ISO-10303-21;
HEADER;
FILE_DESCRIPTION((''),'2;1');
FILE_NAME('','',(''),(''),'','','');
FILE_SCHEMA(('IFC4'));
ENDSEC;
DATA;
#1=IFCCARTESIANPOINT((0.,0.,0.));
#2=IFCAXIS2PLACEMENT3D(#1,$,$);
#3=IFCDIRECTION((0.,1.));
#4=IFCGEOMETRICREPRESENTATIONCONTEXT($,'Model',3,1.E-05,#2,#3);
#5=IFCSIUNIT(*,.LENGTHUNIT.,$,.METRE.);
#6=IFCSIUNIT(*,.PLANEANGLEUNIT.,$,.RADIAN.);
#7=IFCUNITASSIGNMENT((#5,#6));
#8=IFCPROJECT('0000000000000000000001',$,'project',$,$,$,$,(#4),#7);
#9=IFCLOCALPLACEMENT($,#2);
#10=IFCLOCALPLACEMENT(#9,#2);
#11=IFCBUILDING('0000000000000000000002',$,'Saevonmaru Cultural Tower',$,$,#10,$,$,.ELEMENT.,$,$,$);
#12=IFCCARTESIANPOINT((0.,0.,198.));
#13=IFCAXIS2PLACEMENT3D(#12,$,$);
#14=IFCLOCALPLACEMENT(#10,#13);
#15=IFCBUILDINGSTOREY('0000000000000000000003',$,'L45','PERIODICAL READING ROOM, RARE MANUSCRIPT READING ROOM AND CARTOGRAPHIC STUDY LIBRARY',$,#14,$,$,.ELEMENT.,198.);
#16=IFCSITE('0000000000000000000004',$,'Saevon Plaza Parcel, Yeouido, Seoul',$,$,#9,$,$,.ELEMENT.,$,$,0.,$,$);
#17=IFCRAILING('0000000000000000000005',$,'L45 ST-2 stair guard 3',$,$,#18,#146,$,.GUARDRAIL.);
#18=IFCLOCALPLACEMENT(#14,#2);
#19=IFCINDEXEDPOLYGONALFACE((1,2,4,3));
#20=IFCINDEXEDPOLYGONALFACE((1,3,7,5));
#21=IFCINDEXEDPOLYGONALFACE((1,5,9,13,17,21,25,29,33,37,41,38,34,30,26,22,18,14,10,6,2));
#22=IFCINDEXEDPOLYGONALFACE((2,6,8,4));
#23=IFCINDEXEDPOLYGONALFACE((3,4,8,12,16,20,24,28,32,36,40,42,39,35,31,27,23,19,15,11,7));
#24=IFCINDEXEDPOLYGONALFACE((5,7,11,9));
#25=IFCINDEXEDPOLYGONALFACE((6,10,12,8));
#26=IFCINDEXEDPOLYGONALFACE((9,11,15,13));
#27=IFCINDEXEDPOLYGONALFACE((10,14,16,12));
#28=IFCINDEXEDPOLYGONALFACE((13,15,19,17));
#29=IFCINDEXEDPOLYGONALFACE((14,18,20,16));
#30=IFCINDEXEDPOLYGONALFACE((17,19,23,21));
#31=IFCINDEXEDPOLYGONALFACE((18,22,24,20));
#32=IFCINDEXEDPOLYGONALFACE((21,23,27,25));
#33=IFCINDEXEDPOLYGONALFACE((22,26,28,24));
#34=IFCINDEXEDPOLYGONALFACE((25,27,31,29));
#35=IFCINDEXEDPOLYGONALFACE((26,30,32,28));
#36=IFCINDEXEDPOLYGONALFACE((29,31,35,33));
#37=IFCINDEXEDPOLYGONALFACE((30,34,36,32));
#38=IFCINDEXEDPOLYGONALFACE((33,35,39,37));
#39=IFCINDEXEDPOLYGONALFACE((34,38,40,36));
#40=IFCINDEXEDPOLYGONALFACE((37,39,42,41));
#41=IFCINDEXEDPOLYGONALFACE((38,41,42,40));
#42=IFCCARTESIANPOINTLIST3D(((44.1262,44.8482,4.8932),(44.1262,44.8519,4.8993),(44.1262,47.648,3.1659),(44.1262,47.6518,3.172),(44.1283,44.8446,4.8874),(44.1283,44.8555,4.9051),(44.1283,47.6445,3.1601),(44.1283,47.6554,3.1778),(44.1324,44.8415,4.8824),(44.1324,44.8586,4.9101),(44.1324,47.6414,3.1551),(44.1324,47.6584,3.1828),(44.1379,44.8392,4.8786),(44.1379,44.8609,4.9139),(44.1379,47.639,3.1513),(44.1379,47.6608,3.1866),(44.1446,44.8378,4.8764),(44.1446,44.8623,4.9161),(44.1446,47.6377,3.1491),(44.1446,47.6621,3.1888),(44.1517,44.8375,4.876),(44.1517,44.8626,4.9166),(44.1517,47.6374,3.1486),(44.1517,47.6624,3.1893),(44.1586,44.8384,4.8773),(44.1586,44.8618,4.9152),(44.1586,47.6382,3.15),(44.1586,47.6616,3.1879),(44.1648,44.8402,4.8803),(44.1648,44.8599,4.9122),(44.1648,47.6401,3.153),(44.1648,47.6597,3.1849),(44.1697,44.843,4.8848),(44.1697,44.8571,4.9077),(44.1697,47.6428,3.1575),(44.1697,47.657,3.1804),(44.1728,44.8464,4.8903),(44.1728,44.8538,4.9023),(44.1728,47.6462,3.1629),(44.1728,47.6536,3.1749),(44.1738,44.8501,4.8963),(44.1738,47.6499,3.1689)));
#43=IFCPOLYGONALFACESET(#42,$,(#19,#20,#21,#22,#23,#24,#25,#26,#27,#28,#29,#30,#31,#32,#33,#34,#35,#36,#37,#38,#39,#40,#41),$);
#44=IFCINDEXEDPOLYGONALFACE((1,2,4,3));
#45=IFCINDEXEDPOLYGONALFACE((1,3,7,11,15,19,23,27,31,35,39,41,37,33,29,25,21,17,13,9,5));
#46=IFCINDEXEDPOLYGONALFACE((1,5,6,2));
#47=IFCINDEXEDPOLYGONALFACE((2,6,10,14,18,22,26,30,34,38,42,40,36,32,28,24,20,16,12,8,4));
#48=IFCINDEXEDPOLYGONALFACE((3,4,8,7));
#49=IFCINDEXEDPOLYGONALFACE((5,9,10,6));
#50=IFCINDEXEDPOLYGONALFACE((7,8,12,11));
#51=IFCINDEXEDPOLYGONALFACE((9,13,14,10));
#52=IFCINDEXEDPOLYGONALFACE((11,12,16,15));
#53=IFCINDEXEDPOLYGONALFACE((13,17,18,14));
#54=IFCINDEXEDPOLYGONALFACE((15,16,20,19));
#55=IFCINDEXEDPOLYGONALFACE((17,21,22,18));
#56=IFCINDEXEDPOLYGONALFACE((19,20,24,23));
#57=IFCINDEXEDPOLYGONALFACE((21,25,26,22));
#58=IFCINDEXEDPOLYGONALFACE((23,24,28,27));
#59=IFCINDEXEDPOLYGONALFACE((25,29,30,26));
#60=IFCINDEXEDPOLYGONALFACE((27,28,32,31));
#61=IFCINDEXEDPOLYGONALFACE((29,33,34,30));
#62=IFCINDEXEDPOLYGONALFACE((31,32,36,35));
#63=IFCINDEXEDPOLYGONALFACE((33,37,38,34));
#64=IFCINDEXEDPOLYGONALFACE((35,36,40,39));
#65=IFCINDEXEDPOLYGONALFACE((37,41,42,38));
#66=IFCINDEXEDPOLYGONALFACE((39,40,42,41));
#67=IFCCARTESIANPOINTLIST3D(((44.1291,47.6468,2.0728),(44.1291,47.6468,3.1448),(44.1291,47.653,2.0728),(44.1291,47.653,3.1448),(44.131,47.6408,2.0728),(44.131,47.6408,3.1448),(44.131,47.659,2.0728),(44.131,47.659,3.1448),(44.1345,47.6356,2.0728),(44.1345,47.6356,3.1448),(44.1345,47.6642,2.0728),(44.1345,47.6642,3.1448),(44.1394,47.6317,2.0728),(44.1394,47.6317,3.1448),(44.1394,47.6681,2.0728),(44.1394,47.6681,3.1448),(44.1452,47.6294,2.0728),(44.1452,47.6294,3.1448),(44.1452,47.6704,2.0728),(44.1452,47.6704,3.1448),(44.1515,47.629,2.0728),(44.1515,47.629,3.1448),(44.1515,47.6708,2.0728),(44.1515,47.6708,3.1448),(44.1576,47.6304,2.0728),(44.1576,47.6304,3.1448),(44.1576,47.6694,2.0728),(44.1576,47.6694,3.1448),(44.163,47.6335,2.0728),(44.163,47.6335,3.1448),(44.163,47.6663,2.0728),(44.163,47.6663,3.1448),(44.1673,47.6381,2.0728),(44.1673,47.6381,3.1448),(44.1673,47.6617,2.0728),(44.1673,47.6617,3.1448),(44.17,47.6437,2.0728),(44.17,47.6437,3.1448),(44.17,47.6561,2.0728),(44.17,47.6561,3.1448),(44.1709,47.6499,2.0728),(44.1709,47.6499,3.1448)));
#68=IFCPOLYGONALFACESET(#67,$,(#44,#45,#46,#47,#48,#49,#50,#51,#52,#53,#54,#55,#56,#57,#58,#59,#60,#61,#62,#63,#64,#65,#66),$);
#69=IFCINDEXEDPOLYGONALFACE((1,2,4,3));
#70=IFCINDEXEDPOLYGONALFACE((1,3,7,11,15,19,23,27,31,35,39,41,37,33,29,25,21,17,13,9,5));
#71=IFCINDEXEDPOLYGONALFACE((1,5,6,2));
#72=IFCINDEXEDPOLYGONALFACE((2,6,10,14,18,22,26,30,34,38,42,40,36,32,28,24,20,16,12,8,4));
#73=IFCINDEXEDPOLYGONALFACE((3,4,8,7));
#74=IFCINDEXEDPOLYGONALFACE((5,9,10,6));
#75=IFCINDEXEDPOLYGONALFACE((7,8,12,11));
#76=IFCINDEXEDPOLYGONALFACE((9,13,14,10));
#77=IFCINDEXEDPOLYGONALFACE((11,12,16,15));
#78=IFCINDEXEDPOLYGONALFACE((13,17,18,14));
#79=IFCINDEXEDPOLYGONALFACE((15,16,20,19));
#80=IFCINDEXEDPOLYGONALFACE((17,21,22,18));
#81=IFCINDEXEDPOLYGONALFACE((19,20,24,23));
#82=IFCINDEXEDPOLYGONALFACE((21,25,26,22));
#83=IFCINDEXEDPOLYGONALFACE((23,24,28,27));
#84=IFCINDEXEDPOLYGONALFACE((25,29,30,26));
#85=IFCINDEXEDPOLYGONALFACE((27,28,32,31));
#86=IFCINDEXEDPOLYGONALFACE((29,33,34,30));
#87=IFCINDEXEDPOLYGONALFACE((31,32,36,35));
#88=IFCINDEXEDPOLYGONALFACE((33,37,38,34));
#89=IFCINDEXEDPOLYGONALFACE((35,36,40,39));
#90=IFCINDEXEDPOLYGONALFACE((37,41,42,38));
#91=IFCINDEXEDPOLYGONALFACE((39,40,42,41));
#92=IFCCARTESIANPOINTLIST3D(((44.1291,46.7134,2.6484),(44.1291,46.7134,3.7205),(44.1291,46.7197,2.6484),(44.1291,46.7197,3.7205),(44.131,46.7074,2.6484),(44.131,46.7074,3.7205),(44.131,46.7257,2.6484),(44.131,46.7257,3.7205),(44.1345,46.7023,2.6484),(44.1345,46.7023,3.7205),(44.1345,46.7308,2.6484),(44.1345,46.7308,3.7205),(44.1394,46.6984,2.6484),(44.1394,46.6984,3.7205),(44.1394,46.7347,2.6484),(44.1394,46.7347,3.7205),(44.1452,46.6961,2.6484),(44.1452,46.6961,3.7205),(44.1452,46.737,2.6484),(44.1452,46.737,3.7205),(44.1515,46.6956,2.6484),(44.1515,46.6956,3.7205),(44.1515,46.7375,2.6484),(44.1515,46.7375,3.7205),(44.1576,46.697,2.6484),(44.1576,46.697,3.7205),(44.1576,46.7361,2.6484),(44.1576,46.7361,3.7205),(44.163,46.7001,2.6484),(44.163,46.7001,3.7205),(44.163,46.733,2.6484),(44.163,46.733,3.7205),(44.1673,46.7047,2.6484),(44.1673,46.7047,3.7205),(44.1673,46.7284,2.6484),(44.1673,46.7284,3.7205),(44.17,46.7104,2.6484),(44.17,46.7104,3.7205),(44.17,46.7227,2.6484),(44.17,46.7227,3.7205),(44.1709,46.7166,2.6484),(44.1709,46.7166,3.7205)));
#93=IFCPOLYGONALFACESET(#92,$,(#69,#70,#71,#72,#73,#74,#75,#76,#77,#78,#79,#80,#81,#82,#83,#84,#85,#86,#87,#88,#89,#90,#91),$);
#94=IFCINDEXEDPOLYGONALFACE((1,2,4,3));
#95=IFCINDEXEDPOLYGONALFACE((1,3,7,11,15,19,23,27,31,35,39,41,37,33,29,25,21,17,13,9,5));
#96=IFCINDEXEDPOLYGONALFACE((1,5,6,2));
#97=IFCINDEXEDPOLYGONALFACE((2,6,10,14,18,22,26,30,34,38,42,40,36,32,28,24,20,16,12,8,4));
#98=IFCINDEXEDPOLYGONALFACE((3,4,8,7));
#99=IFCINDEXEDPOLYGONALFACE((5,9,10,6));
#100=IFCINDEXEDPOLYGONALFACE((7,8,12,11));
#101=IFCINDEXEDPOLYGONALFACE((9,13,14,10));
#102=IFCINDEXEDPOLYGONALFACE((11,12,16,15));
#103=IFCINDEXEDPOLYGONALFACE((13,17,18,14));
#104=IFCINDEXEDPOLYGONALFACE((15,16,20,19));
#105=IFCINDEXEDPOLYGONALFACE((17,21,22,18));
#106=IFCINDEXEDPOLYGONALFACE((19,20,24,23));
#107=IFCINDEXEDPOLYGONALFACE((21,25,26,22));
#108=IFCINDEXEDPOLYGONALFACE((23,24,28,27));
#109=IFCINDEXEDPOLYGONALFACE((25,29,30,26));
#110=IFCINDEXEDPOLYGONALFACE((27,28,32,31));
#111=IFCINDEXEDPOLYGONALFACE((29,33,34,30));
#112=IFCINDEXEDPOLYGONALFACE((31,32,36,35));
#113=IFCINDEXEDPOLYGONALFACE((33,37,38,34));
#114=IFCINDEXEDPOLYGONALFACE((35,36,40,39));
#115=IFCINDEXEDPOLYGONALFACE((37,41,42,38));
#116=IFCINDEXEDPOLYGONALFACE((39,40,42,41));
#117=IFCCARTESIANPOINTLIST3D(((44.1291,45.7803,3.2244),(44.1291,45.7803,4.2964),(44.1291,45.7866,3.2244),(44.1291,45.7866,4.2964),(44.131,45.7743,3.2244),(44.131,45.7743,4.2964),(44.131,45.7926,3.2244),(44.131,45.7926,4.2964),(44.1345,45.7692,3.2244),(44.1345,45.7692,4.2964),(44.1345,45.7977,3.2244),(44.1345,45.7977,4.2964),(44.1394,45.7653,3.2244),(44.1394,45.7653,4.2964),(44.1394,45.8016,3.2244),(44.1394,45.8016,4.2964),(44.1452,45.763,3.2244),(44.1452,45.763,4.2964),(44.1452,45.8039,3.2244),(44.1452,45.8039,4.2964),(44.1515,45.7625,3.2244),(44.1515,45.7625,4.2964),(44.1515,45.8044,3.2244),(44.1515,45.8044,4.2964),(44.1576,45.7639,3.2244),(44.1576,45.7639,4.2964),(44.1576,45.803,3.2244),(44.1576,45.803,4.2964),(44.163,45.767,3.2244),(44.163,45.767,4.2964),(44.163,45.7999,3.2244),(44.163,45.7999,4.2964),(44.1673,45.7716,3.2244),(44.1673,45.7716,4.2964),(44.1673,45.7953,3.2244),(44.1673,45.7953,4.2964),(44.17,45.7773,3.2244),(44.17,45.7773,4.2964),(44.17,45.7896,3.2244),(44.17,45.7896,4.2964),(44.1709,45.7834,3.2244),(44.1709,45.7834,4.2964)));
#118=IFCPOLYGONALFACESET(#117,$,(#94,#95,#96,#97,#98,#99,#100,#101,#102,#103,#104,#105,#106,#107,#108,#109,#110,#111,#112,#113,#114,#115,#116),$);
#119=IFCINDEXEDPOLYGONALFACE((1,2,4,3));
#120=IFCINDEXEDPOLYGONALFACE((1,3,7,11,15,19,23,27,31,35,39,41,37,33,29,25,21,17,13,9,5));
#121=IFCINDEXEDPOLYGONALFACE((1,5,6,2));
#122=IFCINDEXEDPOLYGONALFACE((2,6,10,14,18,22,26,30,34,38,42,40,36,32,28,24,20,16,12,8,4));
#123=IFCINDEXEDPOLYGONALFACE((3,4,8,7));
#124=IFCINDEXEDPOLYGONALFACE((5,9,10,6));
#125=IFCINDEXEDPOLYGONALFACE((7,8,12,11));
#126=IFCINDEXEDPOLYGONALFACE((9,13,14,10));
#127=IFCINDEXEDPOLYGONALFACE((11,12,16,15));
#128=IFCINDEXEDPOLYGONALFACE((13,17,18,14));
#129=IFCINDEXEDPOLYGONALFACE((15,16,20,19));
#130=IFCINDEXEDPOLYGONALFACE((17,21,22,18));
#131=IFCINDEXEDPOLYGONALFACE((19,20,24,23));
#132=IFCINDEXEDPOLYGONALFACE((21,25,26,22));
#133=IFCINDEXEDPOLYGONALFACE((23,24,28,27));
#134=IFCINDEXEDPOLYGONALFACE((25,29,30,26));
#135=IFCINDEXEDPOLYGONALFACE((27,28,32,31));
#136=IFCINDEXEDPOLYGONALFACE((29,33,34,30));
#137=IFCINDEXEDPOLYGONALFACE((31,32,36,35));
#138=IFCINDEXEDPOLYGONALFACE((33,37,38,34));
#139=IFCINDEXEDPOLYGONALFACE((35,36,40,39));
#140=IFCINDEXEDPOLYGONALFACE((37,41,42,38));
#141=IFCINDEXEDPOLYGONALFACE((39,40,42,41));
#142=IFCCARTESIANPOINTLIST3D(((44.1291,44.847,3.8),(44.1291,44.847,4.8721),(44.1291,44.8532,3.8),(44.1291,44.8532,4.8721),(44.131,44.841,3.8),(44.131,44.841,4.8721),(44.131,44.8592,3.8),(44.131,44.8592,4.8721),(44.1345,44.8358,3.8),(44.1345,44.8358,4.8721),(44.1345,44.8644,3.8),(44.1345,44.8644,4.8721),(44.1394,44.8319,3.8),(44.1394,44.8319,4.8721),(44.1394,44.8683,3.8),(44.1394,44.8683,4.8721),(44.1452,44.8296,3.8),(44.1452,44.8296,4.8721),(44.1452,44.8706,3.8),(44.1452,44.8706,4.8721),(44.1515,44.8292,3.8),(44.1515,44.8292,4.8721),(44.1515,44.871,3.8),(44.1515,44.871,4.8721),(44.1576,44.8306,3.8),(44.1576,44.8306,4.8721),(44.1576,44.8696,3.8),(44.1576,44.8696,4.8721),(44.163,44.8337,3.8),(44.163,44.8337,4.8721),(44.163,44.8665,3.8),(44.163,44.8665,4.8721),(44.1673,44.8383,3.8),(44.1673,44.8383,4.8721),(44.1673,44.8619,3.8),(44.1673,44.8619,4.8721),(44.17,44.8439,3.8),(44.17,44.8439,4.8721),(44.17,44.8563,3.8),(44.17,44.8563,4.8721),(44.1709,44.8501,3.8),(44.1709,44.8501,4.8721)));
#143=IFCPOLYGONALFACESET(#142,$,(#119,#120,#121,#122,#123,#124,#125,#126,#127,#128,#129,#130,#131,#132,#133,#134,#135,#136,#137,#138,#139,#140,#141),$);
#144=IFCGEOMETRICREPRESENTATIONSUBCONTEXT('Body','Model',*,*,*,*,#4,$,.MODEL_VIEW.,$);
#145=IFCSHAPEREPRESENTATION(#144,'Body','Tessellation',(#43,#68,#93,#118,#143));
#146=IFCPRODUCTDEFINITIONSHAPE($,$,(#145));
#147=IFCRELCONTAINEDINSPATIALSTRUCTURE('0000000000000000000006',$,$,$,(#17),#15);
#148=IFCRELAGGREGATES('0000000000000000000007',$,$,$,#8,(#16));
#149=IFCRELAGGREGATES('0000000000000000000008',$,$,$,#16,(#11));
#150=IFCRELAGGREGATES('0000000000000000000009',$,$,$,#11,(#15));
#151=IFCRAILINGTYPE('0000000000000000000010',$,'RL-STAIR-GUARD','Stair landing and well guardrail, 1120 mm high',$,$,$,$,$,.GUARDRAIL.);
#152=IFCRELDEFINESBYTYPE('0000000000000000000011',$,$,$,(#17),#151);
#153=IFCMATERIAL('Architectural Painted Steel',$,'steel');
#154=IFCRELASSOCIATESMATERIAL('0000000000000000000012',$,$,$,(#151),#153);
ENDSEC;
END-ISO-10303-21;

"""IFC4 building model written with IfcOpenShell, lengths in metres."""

from ifc_helpers import new_model, si_unit, direction, frame, origin, origin_2d, place, context, subcontext, project, spatial, circle, extrude, material, type_object, element, save


model = new_model("IFC4")

# Units and contexts
model_context = context("Model", 3, precision=1e-05, world=origin(), true_north=direction((0.0, 1.0)))
body_context = subcontext(model_context, "Body", "Model", "MODEL_VIEW")
ifc_project = project(units=[si_unit("LENGTHUNIT", "METRE"), si_unit("PLANEANGLEUNIT", "RADIAN")], contexts=[model_context])

# Site, building, storey
site_placement = place(None, origin())
site = spatial("IfcSite", under=ifc_project, at=site_placement, Name="Saevon Plaza Parcel, Yeouido, Seoul", CompositionType="ELEMENT", RefElevation=0.0)
building_placement = place(site_placement, origin())
building = spatial("IfcBuilding", under=site, at=building_placement, Name="Saevonmaru Cultural Tower", CompositionType="ELEMENT")
storey_placement = place(building_placement, frame((0.0, 0.0, 198.0)))
storey = spatial("IfcBuildingStorey", under=building, at=storey_placement, Name="L45", Description="PERIODICAL READING ROOM, RARE MANUSCRIPT READING ROOM AND CARTOGRAPHIC STUDY LIBRARY", CompositionType="ELEMENT", Elevation=198.0)

# Railing
ifc_material_1 = material(Name="Architectural Painted Steel", Category="steel")
railing_type_1 = type_object("IfcRailingType", Name="RL-STAIR-GUARD", Description="Stair landing and well guardrail, 1120 mm high", PredefinedType="GUARDRAIL", material=ifc_material_1)
railing_1_placement = place(storey_placement, frame((44.1499, 47.6499, 2.0728)))
element("IfcRailing", 1, at=railing_1_placement, inside=storey, type_object=railing_type_1, Name="L45 ST-2 stair guard 3", PredefinedType="GUARDRAIL", context=body_context, shape_type="SweptSolid", body=[
    extrude(circle(Radius=0.0239, at=origin_2d()), frame((0.0, 0.0, 1.0962), z_axis=(0.0, -0.851069, 0.525054), x_axis=(1.0, 0.0, 0.0)), (0.0, 0.0, 1.0), 3.2898),
    extrude(circle(Radius=0.021, at=origin_2d()), origin(), (0.0, 0.0, 1.0), 1.072),
    extrude(circle(Radius=0.021, at=origin_2d()), frame((0.0, -0.9333, 0.5757)), (0.0, 0.0, 1.0), 1.072),
    extrude(circle(Radius=0.021, at=origin_2d()), frame((0.0, -1.8665, 1.1516)), (0.0, 0.0, 1.0), 1.072),
    extrude(circle(Radius=0.021, at=origin_2d()), frame((0.0, -2.7998, 1.7273)), (0.0, 0.0, 1.0), 1.072),
])

save(model, "model.ifc")
